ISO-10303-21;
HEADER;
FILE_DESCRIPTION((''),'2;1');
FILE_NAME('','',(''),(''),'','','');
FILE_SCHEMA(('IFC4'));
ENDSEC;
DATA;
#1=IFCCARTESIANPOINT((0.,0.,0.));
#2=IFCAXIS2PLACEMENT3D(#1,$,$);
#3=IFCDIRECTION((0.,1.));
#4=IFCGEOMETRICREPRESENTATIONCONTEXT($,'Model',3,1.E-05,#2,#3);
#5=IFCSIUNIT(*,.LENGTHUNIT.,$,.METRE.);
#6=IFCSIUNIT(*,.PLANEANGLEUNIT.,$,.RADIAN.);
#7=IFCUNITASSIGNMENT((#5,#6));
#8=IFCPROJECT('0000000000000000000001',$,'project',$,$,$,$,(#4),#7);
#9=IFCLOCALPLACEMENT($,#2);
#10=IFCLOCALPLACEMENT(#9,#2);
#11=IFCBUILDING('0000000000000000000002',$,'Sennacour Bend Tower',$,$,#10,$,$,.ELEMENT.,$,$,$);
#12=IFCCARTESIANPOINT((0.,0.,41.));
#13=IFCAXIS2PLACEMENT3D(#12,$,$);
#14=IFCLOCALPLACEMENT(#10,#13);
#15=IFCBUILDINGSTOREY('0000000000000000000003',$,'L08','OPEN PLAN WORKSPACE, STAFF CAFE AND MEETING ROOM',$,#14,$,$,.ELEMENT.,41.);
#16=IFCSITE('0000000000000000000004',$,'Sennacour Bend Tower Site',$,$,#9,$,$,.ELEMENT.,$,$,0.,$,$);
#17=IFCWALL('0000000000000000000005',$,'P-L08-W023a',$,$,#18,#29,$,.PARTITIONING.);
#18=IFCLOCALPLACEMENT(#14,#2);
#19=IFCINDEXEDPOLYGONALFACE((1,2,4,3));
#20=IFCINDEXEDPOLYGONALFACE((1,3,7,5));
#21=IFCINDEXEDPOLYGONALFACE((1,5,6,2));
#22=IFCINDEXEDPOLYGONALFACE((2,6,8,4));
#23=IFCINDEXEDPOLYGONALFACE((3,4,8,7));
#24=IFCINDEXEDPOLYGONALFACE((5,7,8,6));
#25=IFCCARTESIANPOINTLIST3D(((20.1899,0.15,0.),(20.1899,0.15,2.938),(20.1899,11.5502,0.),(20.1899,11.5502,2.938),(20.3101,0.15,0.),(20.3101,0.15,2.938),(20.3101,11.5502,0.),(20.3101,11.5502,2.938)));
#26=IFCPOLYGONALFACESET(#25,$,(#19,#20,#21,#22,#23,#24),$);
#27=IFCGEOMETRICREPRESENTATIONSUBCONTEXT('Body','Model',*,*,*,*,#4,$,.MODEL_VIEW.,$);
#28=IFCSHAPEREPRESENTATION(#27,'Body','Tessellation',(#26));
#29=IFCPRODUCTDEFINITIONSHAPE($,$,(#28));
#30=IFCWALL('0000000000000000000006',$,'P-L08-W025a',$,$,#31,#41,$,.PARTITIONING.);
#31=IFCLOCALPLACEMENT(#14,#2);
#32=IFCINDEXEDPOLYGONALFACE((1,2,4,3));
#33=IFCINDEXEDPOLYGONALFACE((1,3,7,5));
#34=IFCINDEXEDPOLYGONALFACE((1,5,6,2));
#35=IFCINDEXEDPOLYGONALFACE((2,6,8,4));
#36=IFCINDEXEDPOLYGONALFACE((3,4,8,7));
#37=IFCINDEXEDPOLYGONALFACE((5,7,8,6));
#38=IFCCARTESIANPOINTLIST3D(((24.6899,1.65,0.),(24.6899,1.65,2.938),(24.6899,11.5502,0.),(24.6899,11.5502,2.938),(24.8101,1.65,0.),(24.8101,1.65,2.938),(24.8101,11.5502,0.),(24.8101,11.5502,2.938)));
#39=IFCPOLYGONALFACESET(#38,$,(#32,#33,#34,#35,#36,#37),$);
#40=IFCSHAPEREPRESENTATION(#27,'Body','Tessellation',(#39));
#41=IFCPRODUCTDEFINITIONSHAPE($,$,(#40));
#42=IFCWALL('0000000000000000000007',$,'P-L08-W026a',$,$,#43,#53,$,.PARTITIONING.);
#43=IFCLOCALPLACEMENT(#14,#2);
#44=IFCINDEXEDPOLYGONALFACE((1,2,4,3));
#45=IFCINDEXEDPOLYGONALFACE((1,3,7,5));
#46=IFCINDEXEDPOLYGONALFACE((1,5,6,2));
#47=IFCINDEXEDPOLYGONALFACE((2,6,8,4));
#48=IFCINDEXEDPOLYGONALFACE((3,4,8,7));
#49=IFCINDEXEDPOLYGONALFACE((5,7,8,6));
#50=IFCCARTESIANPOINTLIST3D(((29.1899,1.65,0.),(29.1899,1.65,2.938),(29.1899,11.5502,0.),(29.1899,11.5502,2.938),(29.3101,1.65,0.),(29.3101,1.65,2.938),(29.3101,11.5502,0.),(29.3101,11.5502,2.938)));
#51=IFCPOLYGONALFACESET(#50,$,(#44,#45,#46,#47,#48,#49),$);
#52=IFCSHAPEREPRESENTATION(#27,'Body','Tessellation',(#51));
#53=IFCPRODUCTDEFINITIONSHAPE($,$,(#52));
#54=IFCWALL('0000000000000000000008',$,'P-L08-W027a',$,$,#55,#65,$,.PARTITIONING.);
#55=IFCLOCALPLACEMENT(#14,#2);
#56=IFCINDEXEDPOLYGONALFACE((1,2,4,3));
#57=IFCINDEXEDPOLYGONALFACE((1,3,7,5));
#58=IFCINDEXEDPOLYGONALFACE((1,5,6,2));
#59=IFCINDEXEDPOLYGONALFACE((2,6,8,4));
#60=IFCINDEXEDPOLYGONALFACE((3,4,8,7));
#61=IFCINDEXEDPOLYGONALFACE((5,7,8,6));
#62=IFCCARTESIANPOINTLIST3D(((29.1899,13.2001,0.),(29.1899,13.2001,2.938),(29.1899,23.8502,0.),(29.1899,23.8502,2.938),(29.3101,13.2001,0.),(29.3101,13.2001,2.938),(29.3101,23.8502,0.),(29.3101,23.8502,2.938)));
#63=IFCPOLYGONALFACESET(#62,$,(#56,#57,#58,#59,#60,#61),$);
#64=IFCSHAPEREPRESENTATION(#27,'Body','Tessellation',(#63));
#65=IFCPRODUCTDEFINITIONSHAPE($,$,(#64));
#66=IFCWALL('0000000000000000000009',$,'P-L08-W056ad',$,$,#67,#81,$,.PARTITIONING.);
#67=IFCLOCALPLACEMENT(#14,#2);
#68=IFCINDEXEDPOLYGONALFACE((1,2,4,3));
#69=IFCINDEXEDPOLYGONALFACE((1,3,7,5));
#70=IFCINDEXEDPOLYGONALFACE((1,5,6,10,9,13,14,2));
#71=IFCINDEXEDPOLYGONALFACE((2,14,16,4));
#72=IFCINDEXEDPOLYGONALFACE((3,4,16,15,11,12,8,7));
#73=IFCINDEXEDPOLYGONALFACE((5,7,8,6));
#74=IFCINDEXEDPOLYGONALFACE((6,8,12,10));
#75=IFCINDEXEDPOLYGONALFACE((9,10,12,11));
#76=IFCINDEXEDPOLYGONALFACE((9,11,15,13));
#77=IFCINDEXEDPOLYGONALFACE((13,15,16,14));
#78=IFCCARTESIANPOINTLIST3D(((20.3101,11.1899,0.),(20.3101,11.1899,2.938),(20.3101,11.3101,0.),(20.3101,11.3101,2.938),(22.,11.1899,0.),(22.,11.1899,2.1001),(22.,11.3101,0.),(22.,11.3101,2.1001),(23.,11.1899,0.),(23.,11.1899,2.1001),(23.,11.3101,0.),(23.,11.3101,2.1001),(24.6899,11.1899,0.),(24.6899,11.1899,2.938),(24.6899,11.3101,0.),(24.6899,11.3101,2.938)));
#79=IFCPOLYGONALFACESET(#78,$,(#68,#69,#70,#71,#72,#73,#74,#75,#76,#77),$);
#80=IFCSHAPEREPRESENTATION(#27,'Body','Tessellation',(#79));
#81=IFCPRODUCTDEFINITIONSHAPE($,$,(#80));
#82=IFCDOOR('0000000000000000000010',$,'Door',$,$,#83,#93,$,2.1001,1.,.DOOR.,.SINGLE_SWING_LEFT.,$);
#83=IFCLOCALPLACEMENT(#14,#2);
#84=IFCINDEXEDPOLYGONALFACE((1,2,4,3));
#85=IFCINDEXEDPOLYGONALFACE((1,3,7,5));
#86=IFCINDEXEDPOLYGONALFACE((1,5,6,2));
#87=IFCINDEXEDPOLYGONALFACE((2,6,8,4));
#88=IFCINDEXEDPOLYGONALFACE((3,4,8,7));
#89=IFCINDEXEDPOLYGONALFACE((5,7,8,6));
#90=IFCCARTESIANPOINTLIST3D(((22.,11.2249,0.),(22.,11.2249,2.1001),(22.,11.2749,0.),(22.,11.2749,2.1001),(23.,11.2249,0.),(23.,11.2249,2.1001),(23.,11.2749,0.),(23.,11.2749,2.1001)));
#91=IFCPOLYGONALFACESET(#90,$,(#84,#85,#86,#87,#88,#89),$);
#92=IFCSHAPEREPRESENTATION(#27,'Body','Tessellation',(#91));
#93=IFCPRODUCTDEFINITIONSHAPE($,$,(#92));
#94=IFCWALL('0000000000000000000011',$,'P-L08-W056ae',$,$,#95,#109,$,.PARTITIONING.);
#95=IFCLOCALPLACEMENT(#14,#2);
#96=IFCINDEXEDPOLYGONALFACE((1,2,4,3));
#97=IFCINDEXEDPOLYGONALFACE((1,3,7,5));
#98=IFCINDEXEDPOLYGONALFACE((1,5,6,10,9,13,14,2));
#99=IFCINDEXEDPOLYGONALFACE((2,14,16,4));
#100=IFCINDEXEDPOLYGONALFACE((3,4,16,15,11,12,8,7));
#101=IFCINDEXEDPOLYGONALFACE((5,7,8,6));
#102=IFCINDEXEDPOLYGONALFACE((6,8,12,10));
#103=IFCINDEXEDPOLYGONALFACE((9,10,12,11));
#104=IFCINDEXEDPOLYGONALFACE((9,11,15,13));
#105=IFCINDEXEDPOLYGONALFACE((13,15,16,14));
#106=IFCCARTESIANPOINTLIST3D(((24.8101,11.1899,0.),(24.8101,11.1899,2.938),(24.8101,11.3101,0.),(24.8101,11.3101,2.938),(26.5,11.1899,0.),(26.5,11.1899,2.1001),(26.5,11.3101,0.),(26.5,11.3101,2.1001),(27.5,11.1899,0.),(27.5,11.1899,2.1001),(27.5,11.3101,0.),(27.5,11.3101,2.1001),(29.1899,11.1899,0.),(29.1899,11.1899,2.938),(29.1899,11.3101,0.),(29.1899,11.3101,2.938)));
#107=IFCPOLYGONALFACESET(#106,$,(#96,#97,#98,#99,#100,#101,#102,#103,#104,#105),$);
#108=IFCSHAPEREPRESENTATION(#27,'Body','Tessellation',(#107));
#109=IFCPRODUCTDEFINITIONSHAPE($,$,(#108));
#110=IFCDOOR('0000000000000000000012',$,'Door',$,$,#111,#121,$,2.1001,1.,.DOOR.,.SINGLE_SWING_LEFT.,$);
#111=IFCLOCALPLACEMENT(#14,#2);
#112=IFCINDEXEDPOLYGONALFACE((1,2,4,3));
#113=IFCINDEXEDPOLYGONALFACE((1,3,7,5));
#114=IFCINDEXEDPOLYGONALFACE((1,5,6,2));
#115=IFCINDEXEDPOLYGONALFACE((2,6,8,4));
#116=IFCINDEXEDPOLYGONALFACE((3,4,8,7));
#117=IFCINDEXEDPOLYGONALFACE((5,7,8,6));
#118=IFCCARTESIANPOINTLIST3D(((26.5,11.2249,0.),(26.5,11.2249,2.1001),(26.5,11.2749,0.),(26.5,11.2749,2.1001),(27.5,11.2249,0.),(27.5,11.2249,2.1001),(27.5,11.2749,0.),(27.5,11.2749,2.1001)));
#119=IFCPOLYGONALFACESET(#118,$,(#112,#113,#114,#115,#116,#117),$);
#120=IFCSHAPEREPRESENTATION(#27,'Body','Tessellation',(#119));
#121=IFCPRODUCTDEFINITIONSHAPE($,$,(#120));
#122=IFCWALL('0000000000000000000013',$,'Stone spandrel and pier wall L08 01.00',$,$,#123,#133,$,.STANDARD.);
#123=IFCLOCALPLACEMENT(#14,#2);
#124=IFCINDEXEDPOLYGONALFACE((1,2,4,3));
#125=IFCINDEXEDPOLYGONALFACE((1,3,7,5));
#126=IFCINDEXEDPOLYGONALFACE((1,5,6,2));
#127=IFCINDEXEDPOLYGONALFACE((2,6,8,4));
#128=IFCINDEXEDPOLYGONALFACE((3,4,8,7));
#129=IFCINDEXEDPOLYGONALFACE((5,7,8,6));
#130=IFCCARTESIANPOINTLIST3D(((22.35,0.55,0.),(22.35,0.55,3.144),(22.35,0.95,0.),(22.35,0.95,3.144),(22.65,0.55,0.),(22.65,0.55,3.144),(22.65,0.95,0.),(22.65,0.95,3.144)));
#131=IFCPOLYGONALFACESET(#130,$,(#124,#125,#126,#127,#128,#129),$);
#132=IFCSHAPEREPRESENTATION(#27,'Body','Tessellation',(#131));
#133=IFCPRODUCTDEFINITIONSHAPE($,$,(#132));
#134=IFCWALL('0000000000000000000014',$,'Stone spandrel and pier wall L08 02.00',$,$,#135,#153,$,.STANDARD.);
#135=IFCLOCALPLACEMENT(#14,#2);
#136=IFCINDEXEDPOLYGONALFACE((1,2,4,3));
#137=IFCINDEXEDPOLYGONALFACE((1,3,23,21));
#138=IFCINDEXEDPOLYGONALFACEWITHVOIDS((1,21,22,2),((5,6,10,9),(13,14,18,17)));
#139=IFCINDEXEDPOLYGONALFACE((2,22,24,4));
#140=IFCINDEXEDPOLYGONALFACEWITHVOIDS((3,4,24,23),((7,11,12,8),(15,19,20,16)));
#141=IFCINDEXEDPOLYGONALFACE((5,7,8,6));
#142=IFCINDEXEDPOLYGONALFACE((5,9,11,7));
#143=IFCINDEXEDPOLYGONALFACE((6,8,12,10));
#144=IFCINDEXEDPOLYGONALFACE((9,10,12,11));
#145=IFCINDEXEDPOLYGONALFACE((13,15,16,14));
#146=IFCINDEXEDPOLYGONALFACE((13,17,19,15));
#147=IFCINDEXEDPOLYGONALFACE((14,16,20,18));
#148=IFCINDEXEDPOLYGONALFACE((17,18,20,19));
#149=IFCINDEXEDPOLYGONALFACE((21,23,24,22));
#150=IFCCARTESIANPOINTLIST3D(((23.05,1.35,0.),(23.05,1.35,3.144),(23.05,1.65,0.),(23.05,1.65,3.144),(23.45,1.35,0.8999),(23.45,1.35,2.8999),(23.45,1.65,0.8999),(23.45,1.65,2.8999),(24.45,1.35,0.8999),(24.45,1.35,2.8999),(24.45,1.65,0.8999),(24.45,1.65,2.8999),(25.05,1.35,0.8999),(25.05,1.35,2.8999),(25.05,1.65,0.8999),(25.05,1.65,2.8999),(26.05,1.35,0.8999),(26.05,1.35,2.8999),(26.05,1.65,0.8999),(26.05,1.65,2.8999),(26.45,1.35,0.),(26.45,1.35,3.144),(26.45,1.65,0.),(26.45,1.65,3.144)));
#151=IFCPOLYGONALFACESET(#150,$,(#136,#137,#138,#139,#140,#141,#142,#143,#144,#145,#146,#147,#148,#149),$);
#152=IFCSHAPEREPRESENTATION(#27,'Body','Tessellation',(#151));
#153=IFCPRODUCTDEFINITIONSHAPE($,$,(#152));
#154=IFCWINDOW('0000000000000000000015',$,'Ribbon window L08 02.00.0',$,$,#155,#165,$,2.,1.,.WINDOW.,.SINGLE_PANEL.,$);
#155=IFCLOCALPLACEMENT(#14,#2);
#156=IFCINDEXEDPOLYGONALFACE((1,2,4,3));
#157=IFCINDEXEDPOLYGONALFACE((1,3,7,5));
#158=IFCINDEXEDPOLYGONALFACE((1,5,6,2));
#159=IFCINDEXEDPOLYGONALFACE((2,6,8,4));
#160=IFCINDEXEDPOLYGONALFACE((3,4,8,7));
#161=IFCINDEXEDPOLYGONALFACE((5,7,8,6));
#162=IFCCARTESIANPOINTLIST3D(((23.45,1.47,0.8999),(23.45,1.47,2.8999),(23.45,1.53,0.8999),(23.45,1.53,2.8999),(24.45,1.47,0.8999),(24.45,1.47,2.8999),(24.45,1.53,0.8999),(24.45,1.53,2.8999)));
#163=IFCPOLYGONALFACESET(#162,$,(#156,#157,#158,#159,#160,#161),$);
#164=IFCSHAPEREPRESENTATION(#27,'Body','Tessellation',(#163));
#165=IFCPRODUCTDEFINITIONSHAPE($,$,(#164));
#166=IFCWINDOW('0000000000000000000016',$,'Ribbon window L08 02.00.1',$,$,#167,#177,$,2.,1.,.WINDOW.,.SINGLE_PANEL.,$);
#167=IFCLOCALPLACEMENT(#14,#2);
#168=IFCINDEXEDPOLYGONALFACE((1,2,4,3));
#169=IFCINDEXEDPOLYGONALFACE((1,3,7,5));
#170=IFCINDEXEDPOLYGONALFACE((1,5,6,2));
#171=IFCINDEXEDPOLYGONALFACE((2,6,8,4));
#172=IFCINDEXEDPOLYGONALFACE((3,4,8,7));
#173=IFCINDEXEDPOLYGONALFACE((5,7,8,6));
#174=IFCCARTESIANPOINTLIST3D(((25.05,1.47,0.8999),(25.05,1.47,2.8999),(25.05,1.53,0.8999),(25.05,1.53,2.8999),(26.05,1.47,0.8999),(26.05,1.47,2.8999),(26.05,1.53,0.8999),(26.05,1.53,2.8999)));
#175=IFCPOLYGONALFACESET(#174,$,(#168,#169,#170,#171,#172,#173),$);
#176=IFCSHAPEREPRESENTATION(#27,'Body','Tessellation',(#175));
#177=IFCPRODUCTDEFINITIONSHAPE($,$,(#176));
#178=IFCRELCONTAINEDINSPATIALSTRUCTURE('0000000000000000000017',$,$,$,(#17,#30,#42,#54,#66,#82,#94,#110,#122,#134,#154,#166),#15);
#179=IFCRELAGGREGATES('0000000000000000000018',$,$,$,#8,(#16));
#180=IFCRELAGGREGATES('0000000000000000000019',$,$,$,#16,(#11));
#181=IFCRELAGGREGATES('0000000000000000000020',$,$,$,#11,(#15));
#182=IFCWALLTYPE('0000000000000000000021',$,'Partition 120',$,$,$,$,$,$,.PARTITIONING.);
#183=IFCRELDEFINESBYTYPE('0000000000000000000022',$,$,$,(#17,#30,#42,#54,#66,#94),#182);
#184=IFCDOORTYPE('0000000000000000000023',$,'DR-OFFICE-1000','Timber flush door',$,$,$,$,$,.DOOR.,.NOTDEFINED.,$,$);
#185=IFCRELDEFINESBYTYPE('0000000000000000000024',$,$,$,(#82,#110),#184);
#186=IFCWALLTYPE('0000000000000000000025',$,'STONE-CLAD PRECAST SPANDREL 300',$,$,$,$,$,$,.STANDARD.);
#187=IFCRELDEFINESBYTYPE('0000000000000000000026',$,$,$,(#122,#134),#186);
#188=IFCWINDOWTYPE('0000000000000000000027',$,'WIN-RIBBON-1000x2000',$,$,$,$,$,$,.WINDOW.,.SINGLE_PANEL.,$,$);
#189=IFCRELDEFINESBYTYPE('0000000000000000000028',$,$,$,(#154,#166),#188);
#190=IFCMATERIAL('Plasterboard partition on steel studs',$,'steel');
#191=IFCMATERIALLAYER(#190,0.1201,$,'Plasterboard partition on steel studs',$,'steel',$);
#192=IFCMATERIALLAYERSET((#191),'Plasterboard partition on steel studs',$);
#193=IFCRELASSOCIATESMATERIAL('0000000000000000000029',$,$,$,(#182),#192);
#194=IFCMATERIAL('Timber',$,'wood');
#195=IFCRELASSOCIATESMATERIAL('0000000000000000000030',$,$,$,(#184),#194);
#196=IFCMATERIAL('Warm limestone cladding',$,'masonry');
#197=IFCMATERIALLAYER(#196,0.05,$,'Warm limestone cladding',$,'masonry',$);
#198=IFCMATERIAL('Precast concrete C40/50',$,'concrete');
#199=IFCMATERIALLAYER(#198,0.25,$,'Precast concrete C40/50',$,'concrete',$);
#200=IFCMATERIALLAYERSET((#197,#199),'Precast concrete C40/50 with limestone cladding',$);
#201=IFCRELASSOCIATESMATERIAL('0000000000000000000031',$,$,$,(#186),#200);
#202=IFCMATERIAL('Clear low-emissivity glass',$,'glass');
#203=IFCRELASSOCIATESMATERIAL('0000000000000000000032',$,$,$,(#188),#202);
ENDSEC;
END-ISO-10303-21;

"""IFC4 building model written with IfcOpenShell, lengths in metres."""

from ifc_helpers import new_model, si_unit, direction, frame, frame_2d, origin, place, context, subcontext, project, spatial, rectangle, extrude, material, layer, layer_set, type_object, element, fill, save


model = new_model("IFC4")

# Units and contexts
model_context = context("Model", 3, precision=1e-05, world=origin(), true_north=direction((0.0, 1.0)))
body_context = subcontext(model_context, "Body", "Model", "MODEL_VIEW")
ifc_project = project(units=[si_unit("LENGTHUNIT", "METRE"), si_unit("PLANEANGLEUNIT", "RADIAN")], contexts=[model_context])

# Site, building, storey
site_placement = place(None, origin())
site = spatial("IfcSite", under=ifc_project, at=site_placement, Name="Sennacour Bend Tower Site", CompositionType="ELEMENT", RefElevation=0.0)
building_placement = place(site_placement, origin())
building = spatial("IfcBuilding", under=site, at=building_placement, Name="Sennacour Bend Tower", CompositionType="ELEMENT")
storey_placement = place(building_placement, frame((0.0, 0.0, 41.0)))
storey = spatial("IfcBuildingStorey", under=building, at=storey_placement, Name="L08", Description="OPEN PLAN WORKSPACE, STAFF CAFE AND MEETING ROOM", CompositionType="ELEMENT", Elevation=41.0)

# Walls
ifc_material_1 = material(Name="Plasterboard partition on steel studs", Category="steel")
ifc_layer_1 = layer(ifc_material_1, 0.1201, Name="Plasterboard partition on steel studs", Category="steel")
ifc_layer_set_1 = layer_set([ifc_layer_1], Name="Plasterboard partition on steel studs")
wall_type_1 = type_object("IfcWallType", Name="Partition 120", PredefinedType="PARTITIONING", material=ifc_layer_set_1)
wall_1_placement = place(storey_placement, frame((20.25, 0.1499, 0.0), z_axis=(0.0, 0.0, 1.0), x_axis=(0.0, 1.0, 0.0)))
element("IfcWall", 1, at=wall_1_placement, inside=storey, type_object=wall_type_1, Name="P-L08-W023a", PredefinedType="PARTITIONING", context=body_context, shape_type="SweptSolid", body=[
    extrude(rectangle(XDim=11.4001, YDim=0.1201, at=frame_2d((5.7002, 0.0))), origin(), (0.0, 0.0, 1.0), 2.938),
])
for number, where, z_axis, x_axis, name in (
    (2, (24.75, 1.6499, 0.0), (0.0, 0.0, 1.0), (0.0, 1.0, 0.0), "P-L08-W025a"),
    (3, (29.25, 1.6499, 0.0), (0.0, 0.0, 1.0), (0.0, 1.0, 0.0), "P-L08-W026a"),
):
    element("IfcWall", number, at=place(storey_placement, frame(where, z_axis=z_axis, x_axis=x_axis)), inside=storey, type_object=wall_type_1, Name=name, PredefinedType="PARTITIONING", context=body_context, shape_type="SweptSolid", body=[
        extrude(rectangle(XDim=9.9001, YDim=0.1201, at=frame_2d((4.9502, 0.0))), origin(), (0.0, 0.0, 1.0), 2.938),
    ])
wall_2_placement = place(storey_placement, frame((29.25, 13.2, 0.0), z_axis=(0.0, 0.0, 1.0), x_axis=(0.0, 1.0, 0.0)))
element("IfcWall", 4, at=wall_2_placement, inside=storey, type_object=wall_type_1, Name="P-L08-W027a", PredefinedType="PARTITIONING", context=body_context, shape_type="SweptSolid", body=[
    extrude(rectangle(XDim=10.6501, YDim=0.1201, at=frame_2d((5.3252, 0.0))), origin(), (0.0, 0.0, 1.0), 2.938),
])

# Walls, openings, doors
wall_3_placement = place(storey_placement, frame((20.3101, 11.25, 0.0), z_axis=(0.0, 0.0, 1.0), x_axis=(1.0, 0.0, 0.0)))
wall_3 = element("IfcWall", 5, at=wall_3_placement, inside=storey, type_object=wall_type_1, Name="P-L08-W056ad", PredefinedType="PARTITIONING", context=body_context, shape_type="SweptSolid", body=[
    extrude(rectangle(XDim=4.3799, YDim=0.1201, at=frame_2d((2.1899, 0.0))), origin(), (0.0, 0.0, 1.0), 2.938),
])
opening_1_placement = place(wall_3_placement, frame((1.6899, 0.0, 0.0)))
opening_1 = element("IfcOpeningElement", 6, at=opening_1_placement, cuts=wall_3, PredefinedType="OPENING", context=body_context, shape_type="SweptSolid", body=[
    extrude(rectangle(XDim=1.0, YDim=2.1001, at=frame_2d((0.5, 1.05))), frame((0.0, 0.0701, 0.0), z_axis=(0.0, -1.0, 0.0), x_axis=(1.0, 0.0, 0.0)), (0.0, 0.0, 1.0), 0.1401),
])
ifc_material_2 = material(Name="Timber", Category="wood")
door_type = type_object("IfcDoorType", Name="DR-OFFICE-1000", Description="Timber flush door", OperationType="NOTDEFINED", PredefinedType="DOOR", material=ifc_material_2)
door_1_placement = place(opening_1_placement, origin())
door_1 = element("IfcDoor", 7, at=door_1_placement, inside=storey, type_object=door_type, Name="Door", OperationType="SINGLE_SWING_LEFT", OverallHeight=2.1001, OverallWidth=1.0, PredefinedType="DOOR", context=body_context, shape_type="SweptSolid", body=[
    extrude(rectangle(XDim=1.0, YDim=2.1001, at=frame_2d((0.5, 1.05))), frame((0.0, 0.0249, 0.0), z_axis=(0.0, -1.0, 0.0), x_axis=(1.0, 0.0, 0.0)), (0.0, 0.0, 1.0), 0.05),
])
fill(opening_1, door_1)
wall_4_placement = place(storey_placement, frame((24.8101, 11.25, 0.0), z_axis=(0.0, 0.0, 1.0), x_axis=(1.0, 0.0, 0.0)))
wall_4 = element("IfcWall", 8, at=wall_4_placement, inside=storey, type_object=wall_type_1, Name="P-L08-W056ae", PredefinedType="PARTITIONING", context=body_context, shape_type="SweptSolid", body=[
    extrude(rectangle(XDim=4.3799, YDim=0.1201, at=frame_2d((2.1899, 0.0))), origin(), (0.0, 0.0, 1.0), 2.938),
])
opening_2_placement = place(wall_4_placement, frame((1.6899, 0.0, 0.0)))
opening_2 = element("IfcOpeningElement", 9, at=opening_2_placement, cuts=wall_4, PredefinedType="OPENING", context=body_context, shape_type="SweptSolid", body=[
    extrude(rectangle(XDim=1.0, YDim=2.1001, at=frame_2d((0.5, 1.05))), frame((0.0, 0.0701, 0.0), z_axis=(0.0, -1.0, 0.0), x_axis=(1.0, 0.0, 0.0)), (0.0, 0.0, 1.0), 0.1401),
])
door_2_placement = place(opening_2_placement, origin())
door_2 = element("IfcDoor", 10, at=door_2_placement, inside=storey, type_object=door_type, Name="Door", OperationType="SINGLE_SWING_LEFT", OverallHeight=2.1001, OverallWidth=1.0, PredefinedType="DOOR", context=body_context, shape_type="SweptSolid", body=[
    extrude(rectangle(XDim=1.0, YDim=2.1001, at=frame_2d((0.5, 1.05))), frame((0.0, 0.0249, 0.0), z_axis=(0.0, -1.0, 0.0), x_axis=(1.0, 0.0, 0.0)), (0.0, 0.0, 1.0), 0.05),
])
fill(opening_2, door_2)

# Wall
ifc_material_3 = material(Name="Warm limestone cladding", Category="masonry")
ifc_layer_2 = layer(ifc_material_3, 0.05, Name="Warm limestone cladding", Category="masonry")
ifc_material_4 = material(Name="Precast concrete C40/50", Category="concrete")
ifc_layer_3 = layer(ifc_material_4, 0.25, Name="Precast concrete C40/50", Category="concrete")
ifc_layer_set_2 = layer_set([ifc_layer_2, ifc_layer_3], Name="Precast concrete C40/50 with limestone cladding")
wall_type_2 = type_object("IfcWallType", Name="STONE-CLAD PRECAST SPANDREL 300", PredefinedType="STANDARD", material=ifc_layer_set_2)
wall_5_placement = place(storey_placement, frame((22.5, 0.55, 0.0), z_axis=(0.0, 0.0, 1.0), x_axis=(0.0, 1.0, 0.0)))
element("IfcWall", 11, at=wall_5_placement, inside=storey, type_object=wall_type_2, Name="Stone spandrel and pier wall L08 01.00", PredefinedType="STANDARD", context=body_context, shape_type="SweptSolid", body=[
    extrude(rectangle(XDim=0.3999, YDim=0.3, at=frame_2d((0.2, 0.0))), origin(), (0.0, 0.0, 1.0), 3.144),
])

# Wall, openings, windows
wall_6_placement = place(storey_placement, frame((23.05, 1.5, 0.0), z_axis=(0.0, 0.0, 1.0), x_axis=(1.0, 0.0, 0.0)))
wall_6 = element("IfcWall", 12, at=wall_6_placement, inside=storey, type_object=wall_type_2, Name="Stone spandrel and pier wall L08 02.00", PredefinedType="STANDARD", context=body_context, shape_type="SweptSolid", body=[
    extrude(rectangle(XDim=3.3999, YDim=0.3, at=frame_2d((1.7, 0.0))), origin(), (0.0, 0.0, 1.0), 3.144),
])
opening_3_placement = place(wall_6_placement, frame((0.3999, 0.0, 0.8999)))
opening_3 = element("IfcOpeningElement", 13, at=opening_3_placement, cuts=wall_6, PredefinedType="OPENING", context=body_context, shape_type="SweptSolid", body=[
    extrude(rectangle(XDim=1.0, YDim=2.0, at=frame_2d((0.5, 1.0))), frame((0.0, 0.1602, 0.0), z_axis=(0.0, -1.0, 0.0), x_axis=(1.0, 0.0, 0.0)), (0.0, 0.0, 1.0), 0.3201),
])
opening_4_placement = place(wall_6_placement, frame((2.0, 0.0, 0.8999)))
opening_4 = element("IfcOpeningElement", 14, at=opening_4_placement, cuts=wall_6, PredefinedType="OPENING", context=body_context, shape_type="SweptSolid", body=[
    extrude(rectangle(XDim=1.0, YDim=2.0, at=frame_2d((0.5, 1.0))), frame((0.0, 0.1602, 0.0), z_axis=(0.0, -1.0, 0.0), x_axis=(1.0, 0.0, 0.0)), (0.0, 0.0, 1.0), 0.3201),
])
ifc_material_5 = material(Name="Clear low-emissivity glass", Category="glass")
window_type = type_object("IfcWindowType", Name="WIN-RIBBON-1000x2000", PartitioningType="SINGLE_PANEL", PredefinedType="WINDOW", material=ifc_material_5)
window_1_placement = place(opening_3_placement, origin())
window_1 = element("IfcWindow", 15, at=window_1_placement, inside=storey, type_object=window_type, Name="Ribbon window L08 02.00.0", OverallHeight=2.0, OverallWidth=1.0, PartitioningType="SINGLE_PANEL", PredefinedType="WINDOW", context=body_context, shape_type="SweptSolid", body=[
    extrude(rectangle(XDim=1.0, YDim=2.0, at=frame_2d((0.5, 1.0))), frame((0.0, 0.03, 0.0), z_axis=(0.0, -1.0, 0.0), x_axis=(1.0, 0.0, 0.0)), (0.0, 0.0, 1.0), 0.0601),
])
fill(opening_3, window_1)
window_2_placement = place(opening_4_placement, origin())
window_2 = element("IfcWindow", 16, at=window_2_placement, inside=storey, type_object=window_type, Name="Ribbon window L08 02.00.1", OverallHeight=2.0, OverallWidth=1.0, PartitioningType="SINGLE_PANEL", PredefinedType="WINDOW", context=body_context, shape_type="SweptSolid", body=[
    extrude(rectangle(XDim=1.0, YDim=2.0, at=frame_2d((0.5, 1.0))), frame((0.0, 0.03, 0.0), z_axis=(0.0, -1.0, 0.0), x_axis=(1.0, 0.0, 0.0)), (0.0, 0.0, 1.0), 0.0601),
])
fill(opening_4, window_2)

save(model, "model.ifc")
